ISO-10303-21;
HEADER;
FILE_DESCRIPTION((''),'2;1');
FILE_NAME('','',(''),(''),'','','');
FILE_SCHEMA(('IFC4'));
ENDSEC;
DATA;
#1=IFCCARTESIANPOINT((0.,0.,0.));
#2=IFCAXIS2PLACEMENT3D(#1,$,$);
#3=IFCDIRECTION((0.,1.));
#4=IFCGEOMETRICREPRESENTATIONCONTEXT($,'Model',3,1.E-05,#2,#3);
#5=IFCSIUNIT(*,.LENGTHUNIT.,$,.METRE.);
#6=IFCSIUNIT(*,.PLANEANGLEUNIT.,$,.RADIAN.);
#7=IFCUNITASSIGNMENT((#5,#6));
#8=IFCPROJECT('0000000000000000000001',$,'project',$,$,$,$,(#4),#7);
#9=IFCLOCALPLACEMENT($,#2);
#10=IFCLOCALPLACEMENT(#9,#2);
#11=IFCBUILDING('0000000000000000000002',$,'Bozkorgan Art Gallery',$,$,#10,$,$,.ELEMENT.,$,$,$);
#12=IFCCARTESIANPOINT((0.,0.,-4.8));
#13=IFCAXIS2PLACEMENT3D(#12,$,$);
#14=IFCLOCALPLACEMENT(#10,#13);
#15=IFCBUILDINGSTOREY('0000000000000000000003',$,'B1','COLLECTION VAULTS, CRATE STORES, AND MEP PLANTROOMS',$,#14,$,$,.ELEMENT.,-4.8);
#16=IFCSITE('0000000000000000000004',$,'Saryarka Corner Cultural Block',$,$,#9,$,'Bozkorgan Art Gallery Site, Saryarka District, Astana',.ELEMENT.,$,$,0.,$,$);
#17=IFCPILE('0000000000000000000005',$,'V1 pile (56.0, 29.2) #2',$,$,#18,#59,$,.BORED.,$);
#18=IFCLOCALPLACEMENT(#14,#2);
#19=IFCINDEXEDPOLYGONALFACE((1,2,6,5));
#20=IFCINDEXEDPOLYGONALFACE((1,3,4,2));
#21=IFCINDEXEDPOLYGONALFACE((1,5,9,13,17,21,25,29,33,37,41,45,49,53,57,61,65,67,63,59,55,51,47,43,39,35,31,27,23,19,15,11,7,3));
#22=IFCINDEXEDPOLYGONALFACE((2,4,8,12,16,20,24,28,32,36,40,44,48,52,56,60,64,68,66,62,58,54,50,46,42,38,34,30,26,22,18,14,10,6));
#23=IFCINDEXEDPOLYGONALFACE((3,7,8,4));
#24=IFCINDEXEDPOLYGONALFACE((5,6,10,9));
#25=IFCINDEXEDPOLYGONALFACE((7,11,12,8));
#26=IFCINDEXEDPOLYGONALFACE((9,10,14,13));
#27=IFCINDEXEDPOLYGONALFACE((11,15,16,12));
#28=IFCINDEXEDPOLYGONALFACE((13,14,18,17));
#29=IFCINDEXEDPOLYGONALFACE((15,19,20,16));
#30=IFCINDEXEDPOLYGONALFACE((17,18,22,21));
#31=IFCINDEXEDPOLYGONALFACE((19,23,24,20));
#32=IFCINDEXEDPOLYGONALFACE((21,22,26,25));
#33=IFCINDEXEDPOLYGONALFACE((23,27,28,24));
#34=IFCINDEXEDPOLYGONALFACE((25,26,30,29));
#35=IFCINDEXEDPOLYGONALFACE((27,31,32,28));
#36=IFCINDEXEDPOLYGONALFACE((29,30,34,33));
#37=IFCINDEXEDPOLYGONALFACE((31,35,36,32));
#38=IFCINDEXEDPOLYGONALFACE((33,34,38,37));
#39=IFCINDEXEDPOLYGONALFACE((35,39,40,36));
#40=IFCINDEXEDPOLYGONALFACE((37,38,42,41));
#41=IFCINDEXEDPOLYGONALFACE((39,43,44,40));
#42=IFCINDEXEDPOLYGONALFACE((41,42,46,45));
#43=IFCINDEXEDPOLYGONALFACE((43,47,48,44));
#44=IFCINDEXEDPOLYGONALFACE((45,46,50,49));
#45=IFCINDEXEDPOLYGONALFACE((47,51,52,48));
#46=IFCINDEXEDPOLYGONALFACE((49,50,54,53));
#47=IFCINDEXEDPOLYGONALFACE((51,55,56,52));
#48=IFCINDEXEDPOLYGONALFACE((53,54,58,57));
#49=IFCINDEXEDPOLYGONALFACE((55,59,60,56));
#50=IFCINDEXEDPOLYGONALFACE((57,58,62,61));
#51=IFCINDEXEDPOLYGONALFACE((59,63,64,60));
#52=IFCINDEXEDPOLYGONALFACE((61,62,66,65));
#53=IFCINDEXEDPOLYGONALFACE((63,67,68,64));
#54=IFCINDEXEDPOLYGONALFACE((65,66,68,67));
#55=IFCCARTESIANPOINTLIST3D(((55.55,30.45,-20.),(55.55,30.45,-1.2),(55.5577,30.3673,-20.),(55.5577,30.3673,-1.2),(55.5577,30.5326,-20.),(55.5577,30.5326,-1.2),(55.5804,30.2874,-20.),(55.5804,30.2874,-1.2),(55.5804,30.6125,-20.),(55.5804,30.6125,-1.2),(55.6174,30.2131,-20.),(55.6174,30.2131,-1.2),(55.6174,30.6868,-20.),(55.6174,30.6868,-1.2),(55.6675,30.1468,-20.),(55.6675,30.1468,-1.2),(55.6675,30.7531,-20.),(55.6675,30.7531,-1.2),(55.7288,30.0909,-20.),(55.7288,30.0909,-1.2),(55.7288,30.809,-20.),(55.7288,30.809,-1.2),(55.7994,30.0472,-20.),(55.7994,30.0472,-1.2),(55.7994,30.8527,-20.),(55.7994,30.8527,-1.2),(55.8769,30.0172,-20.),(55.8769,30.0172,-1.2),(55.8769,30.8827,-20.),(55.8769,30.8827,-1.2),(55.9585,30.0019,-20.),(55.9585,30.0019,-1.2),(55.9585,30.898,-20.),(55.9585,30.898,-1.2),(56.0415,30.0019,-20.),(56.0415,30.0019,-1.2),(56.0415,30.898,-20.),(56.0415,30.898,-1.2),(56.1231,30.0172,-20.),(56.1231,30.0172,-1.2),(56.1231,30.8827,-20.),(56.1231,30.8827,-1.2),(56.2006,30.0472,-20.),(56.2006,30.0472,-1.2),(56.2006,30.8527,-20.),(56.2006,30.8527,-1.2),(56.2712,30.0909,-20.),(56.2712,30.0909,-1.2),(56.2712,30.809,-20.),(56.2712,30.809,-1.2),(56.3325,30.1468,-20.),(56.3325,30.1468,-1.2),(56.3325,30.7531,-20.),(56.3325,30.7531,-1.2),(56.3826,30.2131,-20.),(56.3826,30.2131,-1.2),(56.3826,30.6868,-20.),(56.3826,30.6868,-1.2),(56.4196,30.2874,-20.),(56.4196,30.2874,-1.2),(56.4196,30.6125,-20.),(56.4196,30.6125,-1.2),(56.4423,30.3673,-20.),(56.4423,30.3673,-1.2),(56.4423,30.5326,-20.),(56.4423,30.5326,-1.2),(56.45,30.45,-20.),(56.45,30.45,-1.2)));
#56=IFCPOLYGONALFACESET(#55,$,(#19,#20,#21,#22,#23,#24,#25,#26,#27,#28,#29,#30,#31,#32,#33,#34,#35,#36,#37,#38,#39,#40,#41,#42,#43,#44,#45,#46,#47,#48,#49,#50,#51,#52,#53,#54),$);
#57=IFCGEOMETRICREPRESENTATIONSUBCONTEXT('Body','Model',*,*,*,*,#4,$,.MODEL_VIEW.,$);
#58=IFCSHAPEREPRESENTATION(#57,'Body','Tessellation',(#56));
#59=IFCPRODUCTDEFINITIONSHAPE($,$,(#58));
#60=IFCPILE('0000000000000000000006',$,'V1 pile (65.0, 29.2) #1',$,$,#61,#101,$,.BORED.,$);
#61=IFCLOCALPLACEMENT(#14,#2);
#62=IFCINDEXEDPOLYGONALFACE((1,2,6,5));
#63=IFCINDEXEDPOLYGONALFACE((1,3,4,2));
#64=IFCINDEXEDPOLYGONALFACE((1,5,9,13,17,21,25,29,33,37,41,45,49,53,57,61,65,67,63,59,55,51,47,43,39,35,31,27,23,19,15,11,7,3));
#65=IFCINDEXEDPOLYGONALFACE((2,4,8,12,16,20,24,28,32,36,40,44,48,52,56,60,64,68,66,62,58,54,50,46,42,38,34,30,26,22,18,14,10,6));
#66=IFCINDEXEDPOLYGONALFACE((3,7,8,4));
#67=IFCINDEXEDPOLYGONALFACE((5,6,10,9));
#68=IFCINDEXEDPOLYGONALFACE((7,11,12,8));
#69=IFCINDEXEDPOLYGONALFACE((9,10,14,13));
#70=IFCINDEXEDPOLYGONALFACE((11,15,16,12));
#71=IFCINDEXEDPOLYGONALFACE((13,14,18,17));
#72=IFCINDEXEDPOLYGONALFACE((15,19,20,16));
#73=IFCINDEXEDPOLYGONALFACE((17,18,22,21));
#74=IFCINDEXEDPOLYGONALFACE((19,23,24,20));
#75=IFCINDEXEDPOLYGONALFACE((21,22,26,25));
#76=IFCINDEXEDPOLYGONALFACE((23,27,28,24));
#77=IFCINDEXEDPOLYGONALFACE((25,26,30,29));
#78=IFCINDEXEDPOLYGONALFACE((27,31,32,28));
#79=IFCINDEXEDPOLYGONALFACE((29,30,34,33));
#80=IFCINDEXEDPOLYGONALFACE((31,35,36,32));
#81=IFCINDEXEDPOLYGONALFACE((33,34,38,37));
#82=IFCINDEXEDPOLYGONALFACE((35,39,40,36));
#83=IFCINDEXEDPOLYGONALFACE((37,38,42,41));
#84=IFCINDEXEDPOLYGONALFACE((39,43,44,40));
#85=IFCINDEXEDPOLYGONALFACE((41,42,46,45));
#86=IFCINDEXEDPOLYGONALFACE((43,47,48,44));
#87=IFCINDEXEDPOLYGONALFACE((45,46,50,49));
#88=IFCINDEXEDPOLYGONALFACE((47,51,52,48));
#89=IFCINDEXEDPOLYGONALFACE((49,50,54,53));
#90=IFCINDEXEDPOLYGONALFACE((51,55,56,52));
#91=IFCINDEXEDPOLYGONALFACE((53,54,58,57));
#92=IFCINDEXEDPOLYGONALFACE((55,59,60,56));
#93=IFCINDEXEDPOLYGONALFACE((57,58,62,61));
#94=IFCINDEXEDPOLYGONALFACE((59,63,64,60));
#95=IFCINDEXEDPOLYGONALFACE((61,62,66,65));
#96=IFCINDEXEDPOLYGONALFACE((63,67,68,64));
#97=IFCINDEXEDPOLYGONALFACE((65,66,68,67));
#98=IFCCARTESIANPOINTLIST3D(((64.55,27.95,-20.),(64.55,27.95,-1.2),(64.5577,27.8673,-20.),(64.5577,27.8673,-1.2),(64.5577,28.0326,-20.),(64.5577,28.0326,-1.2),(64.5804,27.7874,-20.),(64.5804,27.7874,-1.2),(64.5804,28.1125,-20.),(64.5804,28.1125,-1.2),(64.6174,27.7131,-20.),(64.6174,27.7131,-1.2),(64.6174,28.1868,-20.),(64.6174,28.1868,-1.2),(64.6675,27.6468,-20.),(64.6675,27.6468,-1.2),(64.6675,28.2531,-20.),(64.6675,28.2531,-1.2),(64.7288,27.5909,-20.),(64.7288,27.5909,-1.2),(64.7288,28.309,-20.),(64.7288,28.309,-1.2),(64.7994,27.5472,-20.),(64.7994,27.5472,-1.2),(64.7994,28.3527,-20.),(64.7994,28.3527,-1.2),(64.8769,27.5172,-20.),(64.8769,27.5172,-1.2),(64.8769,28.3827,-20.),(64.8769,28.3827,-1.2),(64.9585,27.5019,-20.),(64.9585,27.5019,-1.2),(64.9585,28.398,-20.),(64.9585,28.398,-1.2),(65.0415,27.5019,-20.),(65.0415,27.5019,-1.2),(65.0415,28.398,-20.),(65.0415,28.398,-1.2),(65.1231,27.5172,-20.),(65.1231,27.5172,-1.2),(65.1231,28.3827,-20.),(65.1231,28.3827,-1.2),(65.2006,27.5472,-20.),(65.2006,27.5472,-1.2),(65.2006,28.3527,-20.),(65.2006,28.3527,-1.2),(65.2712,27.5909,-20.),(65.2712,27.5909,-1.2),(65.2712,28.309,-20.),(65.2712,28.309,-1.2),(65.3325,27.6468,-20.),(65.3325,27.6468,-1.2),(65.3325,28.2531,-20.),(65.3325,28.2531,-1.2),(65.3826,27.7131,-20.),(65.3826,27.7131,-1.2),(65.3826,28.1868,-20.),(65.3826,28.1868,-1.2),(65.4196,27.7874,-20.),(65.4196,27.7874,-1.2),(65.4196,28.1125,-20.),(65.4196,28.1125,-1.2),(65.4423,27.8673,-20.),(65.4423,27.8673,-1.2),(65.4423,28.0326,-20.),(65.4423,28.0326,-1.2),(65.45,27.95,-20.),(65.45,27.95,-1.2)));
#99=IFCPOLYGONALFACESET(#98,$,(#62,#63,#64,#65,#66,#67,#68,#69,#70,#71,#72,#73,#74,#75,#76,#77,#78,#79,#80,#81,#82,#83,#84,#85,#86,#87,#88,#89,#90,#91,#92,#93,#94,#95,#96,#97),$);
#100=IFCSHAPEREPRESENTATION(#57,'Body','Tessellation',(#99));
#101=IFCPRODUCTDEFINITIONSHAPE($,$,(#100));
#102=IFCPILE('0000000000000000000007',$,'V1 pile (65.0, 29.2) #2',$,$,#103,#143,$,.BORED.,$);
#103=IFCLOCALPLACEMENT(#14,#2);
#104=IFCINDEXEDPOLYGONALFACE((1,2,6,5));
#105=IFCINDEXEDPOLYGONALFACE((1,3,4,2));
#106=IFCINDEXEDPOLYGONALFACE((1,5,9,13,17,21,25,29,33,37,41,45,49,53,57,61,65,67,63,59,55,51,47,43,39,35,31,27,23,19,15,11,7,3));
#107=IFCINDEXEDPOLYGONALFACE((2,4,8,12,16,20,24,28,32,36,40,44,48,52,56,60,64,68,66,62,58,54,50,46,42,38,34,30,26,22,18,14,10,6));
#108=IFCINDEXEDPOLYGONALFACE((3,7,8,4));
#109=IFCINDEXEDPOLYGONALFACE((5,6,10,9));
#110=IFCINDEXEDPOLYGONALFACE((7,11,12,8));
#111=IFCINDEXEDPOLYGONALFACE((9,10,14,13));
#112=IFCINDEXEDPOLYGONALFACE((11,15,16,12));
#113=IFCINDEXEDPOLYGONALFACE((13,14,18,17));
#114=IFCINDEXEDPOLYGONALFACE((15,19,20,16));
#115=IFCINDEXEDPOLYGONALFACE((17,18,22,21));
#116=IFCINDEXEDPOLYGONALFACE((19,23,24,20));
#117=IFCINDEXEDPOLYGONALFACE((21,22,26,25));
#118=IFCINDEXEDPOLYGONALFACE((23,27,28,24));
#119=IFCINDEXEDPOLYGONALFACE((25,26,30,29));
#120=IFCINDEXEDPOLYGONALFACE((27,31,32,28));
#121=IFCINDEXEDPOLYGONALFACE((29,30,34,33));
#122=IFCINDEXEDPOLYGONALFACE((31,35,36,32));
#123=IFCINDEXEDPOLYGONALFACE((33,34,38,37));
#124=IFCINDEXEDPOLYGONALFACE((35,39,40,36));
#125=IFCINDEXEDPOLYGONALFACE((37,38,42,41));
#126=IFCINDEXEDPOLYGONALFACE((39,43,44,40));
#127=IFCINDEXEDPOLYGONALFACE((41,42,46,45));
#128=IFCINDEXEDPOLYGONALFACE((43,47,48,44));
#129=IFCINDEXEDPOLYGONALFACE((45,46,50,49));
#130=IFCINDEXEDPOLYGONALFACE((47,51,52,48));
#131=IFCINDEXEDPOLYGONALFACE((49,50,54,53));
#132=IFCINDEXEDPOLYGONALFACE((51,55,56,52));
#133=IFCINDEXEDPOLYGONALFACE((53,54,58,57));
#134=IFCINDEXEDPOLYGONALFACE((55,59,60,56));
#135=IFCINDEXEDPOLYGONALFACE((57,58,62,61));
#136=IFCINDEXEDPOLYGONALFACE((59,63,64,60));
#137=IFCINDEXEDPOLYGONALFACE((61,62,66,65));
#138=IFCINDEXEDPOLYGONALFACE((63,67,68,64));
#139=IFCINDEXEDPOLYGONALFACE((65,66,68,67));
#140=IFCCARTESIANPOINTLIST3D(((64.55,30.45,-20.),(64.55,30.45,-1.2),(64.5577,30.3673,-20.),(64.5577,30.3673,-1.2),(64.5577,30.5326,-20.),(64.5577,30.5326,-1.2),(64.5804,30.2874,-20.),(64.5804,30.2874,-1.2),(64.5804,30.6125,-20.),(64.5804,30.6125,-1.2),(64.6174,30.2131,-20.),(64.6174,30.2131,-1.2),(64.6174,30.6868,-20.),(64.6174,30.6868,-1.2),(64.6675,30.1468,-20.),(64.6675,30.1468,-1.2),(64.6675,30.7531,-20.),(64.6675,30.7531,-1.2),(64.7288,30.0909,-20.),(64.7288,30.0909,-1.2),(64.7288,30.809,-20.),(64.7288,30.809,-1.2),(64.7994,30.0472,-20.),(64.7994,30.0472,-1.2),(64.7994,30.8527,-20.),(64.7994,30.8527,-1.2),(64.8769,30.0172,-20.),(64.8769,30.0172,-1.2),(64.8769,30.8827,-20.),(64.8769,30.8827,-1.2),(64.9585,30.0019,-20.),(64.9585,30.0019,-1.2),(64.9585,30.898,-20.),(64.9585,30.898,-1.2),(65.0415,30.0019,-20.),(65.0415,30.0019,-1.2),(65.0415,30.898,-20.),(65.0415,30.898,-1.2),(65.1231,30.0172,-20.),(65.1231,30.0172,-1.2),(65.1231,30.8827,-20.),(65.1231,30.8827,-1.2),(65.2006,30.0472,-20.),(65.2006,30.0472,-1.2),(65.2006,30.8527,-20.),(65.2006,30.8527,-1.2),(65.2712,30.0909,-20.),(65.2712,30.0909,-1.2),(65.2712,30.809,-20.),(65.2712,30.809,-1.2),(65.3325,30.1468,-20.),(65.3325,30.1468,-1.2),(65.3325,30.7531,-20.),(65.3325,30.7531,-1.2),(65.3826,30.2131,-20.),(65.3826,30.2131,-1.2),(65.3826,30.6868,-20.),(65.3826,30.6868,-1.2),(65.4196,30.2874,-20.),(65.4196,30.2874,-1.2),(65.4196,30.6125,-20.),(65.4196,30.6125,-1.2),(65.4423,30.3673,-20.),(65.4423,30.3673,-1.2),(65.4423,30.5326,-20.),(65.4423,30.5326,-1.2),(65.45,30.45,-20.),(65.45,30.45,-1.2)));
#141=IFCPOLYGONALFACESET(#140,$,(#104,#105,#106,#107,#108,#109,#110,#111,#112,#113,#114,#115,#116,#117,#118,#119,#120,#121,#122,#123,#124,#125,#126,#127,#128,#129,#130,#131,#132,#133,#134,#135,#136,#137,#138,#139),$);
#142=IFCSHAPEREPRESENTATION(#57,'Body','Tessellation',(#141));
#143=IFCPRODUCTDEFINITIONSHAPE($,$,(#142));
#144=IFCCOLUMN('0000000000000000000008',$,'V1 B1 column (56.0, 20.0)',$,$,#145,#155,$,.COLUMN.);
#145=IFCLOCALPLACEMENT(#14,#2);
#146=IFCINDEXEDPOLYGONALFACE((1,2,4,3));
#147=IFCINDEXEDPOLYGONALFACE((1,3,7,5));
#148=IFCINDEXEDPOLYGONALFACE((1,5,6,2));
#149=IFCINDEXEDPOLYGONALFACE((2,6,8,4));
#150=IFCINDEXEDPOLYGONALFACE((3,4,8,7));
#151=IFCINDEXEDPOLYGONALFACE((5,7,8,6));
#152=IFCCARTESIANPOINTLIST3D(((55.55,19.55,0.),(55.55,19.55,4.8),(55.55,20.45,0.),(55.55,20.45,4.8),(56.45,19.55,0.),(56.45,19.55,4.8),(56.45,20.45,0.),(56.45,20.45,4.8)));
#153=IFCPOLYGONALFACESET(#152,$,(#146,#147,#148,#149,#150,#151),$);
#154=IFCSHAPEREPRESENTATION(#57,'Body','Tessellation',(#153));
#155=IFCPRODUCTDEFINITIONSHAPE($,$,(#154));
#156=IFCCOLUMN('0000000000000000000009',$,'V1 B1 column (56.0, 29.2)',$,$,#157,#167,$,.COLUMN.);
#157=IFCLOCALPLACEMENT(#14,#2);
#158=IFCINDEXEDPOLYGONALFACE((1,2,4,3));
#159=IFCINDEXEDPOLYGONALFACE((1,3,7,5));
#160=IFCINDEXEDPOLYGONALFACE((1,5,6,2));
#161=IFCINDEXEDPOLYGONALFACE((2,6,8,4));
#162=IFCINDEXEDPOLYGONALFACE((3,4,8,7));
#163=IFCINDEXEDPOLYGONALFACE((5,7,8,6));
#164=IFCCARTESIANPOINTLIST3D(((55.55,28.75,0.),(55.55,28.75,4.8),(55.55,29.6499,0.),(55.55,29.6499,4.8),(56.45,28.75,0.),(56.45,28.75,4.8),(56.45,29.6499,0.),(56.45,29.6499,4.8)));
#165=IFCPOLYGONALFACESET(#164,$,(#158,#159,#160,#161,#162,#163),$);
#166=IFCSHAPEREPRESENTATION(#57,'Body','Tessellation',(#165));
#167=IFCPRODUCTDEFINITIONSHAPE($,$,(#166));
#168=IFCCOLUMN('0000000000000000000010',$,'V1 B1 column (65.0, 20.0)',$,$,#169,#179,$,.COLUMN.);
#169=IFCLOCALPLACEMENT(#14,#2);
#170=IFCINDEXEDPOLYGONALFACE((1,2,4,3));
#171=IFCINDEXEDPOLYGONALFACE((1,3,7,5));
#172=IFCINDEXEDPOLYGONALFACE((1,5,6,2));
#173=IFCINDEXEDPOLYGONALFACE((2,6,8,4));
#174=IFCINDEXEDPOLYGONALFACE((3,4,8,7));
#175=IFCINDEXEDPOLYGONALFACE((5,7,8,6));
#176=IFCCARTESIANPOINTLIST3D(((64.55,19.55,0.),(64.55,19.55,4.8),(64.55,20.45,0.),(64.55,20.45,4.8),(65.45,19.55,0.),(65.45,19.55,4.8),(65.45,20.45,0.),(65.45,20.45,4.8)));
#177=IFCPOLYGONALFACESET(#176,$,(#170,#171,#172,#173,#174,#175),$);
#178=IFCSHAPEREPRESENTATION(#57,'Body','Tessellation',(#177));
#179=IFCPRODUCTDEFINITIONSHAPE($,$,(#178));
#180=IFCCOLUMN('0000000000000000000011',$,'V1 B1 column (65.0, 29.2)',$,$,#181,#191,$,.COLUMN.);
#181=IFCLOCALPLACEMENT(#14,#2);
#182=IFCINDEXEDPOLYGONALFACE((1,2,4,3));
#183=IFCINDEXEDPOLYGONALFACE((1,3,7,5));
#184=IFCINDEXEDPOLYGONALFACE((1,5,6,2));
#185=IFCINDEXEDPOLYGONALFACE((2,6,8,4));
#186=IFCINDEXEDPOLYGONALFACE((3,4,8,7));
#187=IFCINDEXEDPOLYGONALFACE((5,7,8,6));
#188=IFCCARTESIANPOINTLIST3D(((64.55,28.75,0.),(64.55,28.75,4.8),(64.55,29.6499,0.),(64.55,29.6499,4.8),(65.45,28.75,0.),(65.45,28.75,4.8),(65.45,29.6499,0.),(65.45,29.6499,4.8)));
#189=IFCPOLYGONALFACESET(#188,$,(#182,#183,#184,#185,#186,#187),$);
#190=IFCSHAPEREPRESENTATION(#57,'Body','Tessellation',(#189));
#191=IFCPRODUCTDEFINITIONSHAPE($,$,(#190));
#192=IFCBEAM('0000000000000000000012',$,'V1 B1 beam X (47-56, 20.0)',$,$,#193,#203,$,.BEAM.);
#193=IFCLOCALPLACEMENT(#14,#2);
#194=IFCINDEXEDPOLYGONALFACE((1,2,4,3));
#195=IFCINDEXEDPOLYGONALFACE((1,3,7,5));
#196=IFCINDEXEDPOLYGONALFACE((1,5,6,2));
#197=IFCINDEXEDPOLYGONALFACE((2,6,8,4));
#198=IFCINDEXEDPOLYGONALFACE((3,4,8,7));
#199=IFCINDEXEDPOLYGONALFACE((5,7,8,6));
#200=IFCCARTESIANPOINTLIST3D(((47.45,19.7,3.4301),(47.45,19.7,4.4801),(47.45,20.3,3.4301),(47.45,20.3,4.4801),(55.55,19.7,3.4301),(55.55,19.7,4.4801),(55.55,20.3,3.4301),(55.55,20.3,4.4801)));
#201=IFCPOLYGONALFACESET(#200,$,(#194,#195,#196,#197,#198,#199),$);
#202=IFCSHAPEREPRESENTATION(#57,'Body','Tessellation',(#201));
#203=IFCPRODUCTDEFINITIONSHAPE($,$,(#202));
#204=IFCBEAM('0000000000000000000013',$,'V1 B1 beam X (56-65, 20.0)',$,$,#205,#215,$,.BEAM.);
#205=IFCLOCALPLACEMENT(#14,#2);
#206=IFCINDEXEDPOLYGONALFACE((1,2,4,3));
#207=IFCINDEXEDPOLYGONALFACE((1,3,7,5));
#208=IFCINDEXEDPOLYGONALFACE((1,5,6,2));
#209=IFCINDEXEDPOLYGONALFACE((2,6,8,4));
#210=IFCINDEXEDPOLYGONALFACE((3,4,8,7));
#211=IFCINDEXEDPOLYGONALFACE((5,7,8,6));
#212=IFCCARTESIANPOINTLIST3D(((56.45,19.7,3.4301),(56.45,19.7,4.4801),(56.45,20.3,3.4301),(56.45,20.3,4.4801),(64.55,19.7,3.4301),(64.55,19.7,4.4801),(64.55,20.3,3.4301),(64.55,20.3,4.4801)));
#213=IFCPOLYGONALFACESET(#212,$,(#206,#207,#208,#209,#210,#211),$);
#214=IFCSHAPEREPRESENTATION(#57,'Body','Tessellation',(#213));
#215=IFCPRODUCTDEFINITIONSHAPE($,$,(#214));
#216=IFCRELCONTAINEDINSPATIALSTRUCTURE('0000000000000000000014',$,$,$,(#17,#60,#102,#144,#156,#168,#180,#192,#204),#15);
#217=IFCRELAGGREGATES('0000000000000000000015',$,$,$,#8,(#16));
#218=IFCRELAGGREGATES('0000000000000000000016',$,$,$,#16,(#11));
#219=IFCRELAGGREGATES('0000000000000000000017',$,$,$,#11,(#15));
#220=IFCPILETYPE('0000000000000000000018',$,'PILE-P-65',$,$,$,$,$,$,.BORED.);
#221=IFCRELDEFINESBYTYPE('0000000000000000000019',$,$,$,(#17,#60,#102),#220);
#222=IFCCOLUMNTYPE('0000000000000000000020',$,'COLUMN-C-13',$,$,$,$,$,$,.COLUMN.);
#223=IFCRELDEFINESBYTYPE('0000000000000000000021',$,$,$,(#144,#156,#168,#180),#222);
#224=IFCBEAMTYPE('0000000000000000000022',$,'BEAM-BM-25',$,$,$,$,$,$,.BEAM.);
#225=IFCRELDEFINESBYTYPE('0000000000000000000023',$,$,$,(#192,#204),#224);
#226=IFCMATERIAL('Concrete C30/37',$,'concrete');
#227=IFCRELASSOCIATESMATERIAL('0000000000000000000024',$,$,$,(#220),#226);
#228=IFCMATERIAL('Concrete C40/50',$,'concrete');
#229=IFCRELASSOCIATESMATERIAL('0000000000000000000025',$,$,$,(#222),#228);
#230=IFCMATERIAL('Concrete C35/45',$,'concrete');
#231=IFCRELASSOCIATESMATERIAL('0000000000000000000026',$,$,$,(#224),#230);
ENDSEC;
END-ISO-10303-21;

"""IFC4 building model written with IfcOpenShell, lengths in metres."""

from ifc_helpers import new_model, si_unit, direction, frame, origin, origin_2d, place, context, subcontext, project, spatial, rectangle, circle, extrude, material, material_profile, profile_set, type_object, element, save


model = new_model("IFC4")

# Units and contexts
model_context = context("Model", 3, precision=1e-05, world=origin(), true_north=direction((0.0, 1.0)))
body_context = subcontext(model_context, "Body", "Model", "MODEL_VIEW")
ifc_project = project(units=[si_unit("LENGTHUNIT", "METRE"), si_unit("PLANEANGLEUNIT", "RADIAN")], contexts=[model_context])

# Site, building, storey
site_placement = place(None, origin())
site = spatial("IfcSite", under=ifc_project, at=site_placement, Name="Saryarka Corner Cultural Block", LongName="Bozkorgan Art Gallery Site, Saryarka District, Astana", CompositionType="ELEMENT", RefElevation=0.0)
building_placement = place(site_placement, origin())
building = spatial("IfcBuilding", under=site, at=building_placement, Name="Bozkorgan Art Gallery", CompositionType="ELEMENT")
storey_placement = place(building_placement, frame((0.0, 0.0, -4.8)))
storey = spatial("IfcBuildingStorey", under=building, at=storey_placement, Name="B1", Description="COLLECTION VAULTS, CRATE STORES, AND MEP PLANTROOMS", CompositionType="ELEMENT", Elevation=-4.8)

# Shared definitions
ifc_material_1 = material(Name="Concrete C30/37", Category="concrete")

# Piles
ifc_material_profile_1 = material_profile(ifc_material_1, circle(Radius=0.45, at=origin_2d()), Name="PILE D900")
ifc_profile_set_1 = profile_set([ifc_material_profile_1], Name="Concrete C30/37")
pile_type_1 = type_object("IfcPileType", Name="PILE-P-65", PredefinedType="BORED", material=ifc_profile_set_1)
for number, where, z_axis, x_axis, name in (
    (1, (56.0, 30.45, -1.2), (0.0, 0.0, -1.0), (1.0, 0.0, 0.0), "V1 pile (56.0, 29.2) #2"),
    (2, (65.0, 27.95, -1.2), (0.0, 0.0, -1.0), (1.0, 0.0, 0.0), "V1 pile (65.0, 29.2) #1"),
    (3, (65.0, 30.45, -1.2), (0.0, 0.0, -1.0), (1.0, 0.0, 0.0), "V1 pile (65.0, 29.2) #2"),
):
    element("IfcPile", number, at=place(storey_placement, frame(where, z_axis=z_axis, x_axis=x_axis)), inside=storey, type_object=pile_type_1, Name=name, PredefinedType="BORED", context=body_context, shape_type="SweptSolid", body=[
        extrude(circle(Radius=0.45, at=origin_2d()), origin(), (0.0, 0.0, 1.0), 18.8),
    ])

# Columns
ifc_material_2 = material(Name="Concrete C40/50", Category="concrete")
ifc_material_profile_2 = material_profile(ifc_material_2, rectangle(XDim=0.8999, YDim=0.8999, at=origin_2d()), Name="RC 900x900")
ifc_profile_set_2 = profile_set([ifc_material_profile_2], Name="Concrete C40/50")
column_type = type_object("IfcColumnType", Name="COLUMN-C-13", PredefinedType="COLUMN", material=ifc_profile_set_2)
for number, where, z_axis, x_axis, name in (
    (4, (56.0, 20.0, 0.0), (0.0, 0.0, 1.0), (1.0, 0.0, 0.0), "V1 B1 column (56.0, 20.0)"),
    (5, (56.0, 29.2, 0.0), (0.0, 0.0, 1.0), (1.0, 0.0, 0.0), "V1 B1 column (56.0, 29.2)"),
    (6, (65.0, 20.0, 0.0), (0.0, 0.0, 1.0), (1.0, 0.0, 0.0), "V1 B1 column (65.0, 20.0)"),
    (7, (65.0, 29.2, 0.0), (0.0, 0.0, 1.0), (1.0, 0.0, 0.0), "V1 B1 column (65.0, 29.2)"),
):
    element("IfcColumn", number, at=place(storey_placement, frame(where, z_axis=z_axis, x_axis=x_axis)), inside=storey, type_object=column_type, Name=name, PredefinedType="COLUMN", context=body_context, shape_type="SweptSolid", body=[
        extrude(rectangle(XDim=0.8999, YDim=0.8999, at=origin_2d()), origin(), (0.0, 0.0, 1.0), 4.8),
    ])

# Beams
ifc_material_3 = material(Name="Concrete C35/45", Category="concrete")
ifc_material_profile_3 = material_profile(ifc_material_3, rectangle(XDim=0.6001, YDim=1.05, at=origin_2d()), Name="RC 600x1050")
ifc_profile_set_3 = profile_set([ifc_material_profile_3], Name="Concrete C35/45")
beam_type_1 = type_object("IfcBeamType", Name="BEAM-BM-25", PredefinedType="BEAM", material=ifc_profile_set_3)
for number, where, z_axis, x_axis, name in (
    (8, (47.45, 20.0, 3.9551), (1.0, 0.0, 0.0), (0.0, 1.0, 0.0), "V1 B1 beam X (47-56, 20.0)"),
    (9, (56.45, 20.0, 3.9551), (1.0, 0.0, 0.0), (0.0, 1.0, 0.0), "V1 B1 beam X (56-65, 20.0)"),
):
    element("IfcBeam", number, at=place(storey_placement, frame(where, z_axis=z_axis, x_axis=x_axis)), inside=storey, type_object=beam_type_1, Name=name, PredefinedType="BEAM", context=body_context, shape_type="SweptSolid", body=[
        extrude(rectangle(XDim=0.6001, YDim=1.05, at=origin_2d()), origin(), (0.0, 0.0, 1.0), 8.1001),
    ])

save(model, "model.ifc")
